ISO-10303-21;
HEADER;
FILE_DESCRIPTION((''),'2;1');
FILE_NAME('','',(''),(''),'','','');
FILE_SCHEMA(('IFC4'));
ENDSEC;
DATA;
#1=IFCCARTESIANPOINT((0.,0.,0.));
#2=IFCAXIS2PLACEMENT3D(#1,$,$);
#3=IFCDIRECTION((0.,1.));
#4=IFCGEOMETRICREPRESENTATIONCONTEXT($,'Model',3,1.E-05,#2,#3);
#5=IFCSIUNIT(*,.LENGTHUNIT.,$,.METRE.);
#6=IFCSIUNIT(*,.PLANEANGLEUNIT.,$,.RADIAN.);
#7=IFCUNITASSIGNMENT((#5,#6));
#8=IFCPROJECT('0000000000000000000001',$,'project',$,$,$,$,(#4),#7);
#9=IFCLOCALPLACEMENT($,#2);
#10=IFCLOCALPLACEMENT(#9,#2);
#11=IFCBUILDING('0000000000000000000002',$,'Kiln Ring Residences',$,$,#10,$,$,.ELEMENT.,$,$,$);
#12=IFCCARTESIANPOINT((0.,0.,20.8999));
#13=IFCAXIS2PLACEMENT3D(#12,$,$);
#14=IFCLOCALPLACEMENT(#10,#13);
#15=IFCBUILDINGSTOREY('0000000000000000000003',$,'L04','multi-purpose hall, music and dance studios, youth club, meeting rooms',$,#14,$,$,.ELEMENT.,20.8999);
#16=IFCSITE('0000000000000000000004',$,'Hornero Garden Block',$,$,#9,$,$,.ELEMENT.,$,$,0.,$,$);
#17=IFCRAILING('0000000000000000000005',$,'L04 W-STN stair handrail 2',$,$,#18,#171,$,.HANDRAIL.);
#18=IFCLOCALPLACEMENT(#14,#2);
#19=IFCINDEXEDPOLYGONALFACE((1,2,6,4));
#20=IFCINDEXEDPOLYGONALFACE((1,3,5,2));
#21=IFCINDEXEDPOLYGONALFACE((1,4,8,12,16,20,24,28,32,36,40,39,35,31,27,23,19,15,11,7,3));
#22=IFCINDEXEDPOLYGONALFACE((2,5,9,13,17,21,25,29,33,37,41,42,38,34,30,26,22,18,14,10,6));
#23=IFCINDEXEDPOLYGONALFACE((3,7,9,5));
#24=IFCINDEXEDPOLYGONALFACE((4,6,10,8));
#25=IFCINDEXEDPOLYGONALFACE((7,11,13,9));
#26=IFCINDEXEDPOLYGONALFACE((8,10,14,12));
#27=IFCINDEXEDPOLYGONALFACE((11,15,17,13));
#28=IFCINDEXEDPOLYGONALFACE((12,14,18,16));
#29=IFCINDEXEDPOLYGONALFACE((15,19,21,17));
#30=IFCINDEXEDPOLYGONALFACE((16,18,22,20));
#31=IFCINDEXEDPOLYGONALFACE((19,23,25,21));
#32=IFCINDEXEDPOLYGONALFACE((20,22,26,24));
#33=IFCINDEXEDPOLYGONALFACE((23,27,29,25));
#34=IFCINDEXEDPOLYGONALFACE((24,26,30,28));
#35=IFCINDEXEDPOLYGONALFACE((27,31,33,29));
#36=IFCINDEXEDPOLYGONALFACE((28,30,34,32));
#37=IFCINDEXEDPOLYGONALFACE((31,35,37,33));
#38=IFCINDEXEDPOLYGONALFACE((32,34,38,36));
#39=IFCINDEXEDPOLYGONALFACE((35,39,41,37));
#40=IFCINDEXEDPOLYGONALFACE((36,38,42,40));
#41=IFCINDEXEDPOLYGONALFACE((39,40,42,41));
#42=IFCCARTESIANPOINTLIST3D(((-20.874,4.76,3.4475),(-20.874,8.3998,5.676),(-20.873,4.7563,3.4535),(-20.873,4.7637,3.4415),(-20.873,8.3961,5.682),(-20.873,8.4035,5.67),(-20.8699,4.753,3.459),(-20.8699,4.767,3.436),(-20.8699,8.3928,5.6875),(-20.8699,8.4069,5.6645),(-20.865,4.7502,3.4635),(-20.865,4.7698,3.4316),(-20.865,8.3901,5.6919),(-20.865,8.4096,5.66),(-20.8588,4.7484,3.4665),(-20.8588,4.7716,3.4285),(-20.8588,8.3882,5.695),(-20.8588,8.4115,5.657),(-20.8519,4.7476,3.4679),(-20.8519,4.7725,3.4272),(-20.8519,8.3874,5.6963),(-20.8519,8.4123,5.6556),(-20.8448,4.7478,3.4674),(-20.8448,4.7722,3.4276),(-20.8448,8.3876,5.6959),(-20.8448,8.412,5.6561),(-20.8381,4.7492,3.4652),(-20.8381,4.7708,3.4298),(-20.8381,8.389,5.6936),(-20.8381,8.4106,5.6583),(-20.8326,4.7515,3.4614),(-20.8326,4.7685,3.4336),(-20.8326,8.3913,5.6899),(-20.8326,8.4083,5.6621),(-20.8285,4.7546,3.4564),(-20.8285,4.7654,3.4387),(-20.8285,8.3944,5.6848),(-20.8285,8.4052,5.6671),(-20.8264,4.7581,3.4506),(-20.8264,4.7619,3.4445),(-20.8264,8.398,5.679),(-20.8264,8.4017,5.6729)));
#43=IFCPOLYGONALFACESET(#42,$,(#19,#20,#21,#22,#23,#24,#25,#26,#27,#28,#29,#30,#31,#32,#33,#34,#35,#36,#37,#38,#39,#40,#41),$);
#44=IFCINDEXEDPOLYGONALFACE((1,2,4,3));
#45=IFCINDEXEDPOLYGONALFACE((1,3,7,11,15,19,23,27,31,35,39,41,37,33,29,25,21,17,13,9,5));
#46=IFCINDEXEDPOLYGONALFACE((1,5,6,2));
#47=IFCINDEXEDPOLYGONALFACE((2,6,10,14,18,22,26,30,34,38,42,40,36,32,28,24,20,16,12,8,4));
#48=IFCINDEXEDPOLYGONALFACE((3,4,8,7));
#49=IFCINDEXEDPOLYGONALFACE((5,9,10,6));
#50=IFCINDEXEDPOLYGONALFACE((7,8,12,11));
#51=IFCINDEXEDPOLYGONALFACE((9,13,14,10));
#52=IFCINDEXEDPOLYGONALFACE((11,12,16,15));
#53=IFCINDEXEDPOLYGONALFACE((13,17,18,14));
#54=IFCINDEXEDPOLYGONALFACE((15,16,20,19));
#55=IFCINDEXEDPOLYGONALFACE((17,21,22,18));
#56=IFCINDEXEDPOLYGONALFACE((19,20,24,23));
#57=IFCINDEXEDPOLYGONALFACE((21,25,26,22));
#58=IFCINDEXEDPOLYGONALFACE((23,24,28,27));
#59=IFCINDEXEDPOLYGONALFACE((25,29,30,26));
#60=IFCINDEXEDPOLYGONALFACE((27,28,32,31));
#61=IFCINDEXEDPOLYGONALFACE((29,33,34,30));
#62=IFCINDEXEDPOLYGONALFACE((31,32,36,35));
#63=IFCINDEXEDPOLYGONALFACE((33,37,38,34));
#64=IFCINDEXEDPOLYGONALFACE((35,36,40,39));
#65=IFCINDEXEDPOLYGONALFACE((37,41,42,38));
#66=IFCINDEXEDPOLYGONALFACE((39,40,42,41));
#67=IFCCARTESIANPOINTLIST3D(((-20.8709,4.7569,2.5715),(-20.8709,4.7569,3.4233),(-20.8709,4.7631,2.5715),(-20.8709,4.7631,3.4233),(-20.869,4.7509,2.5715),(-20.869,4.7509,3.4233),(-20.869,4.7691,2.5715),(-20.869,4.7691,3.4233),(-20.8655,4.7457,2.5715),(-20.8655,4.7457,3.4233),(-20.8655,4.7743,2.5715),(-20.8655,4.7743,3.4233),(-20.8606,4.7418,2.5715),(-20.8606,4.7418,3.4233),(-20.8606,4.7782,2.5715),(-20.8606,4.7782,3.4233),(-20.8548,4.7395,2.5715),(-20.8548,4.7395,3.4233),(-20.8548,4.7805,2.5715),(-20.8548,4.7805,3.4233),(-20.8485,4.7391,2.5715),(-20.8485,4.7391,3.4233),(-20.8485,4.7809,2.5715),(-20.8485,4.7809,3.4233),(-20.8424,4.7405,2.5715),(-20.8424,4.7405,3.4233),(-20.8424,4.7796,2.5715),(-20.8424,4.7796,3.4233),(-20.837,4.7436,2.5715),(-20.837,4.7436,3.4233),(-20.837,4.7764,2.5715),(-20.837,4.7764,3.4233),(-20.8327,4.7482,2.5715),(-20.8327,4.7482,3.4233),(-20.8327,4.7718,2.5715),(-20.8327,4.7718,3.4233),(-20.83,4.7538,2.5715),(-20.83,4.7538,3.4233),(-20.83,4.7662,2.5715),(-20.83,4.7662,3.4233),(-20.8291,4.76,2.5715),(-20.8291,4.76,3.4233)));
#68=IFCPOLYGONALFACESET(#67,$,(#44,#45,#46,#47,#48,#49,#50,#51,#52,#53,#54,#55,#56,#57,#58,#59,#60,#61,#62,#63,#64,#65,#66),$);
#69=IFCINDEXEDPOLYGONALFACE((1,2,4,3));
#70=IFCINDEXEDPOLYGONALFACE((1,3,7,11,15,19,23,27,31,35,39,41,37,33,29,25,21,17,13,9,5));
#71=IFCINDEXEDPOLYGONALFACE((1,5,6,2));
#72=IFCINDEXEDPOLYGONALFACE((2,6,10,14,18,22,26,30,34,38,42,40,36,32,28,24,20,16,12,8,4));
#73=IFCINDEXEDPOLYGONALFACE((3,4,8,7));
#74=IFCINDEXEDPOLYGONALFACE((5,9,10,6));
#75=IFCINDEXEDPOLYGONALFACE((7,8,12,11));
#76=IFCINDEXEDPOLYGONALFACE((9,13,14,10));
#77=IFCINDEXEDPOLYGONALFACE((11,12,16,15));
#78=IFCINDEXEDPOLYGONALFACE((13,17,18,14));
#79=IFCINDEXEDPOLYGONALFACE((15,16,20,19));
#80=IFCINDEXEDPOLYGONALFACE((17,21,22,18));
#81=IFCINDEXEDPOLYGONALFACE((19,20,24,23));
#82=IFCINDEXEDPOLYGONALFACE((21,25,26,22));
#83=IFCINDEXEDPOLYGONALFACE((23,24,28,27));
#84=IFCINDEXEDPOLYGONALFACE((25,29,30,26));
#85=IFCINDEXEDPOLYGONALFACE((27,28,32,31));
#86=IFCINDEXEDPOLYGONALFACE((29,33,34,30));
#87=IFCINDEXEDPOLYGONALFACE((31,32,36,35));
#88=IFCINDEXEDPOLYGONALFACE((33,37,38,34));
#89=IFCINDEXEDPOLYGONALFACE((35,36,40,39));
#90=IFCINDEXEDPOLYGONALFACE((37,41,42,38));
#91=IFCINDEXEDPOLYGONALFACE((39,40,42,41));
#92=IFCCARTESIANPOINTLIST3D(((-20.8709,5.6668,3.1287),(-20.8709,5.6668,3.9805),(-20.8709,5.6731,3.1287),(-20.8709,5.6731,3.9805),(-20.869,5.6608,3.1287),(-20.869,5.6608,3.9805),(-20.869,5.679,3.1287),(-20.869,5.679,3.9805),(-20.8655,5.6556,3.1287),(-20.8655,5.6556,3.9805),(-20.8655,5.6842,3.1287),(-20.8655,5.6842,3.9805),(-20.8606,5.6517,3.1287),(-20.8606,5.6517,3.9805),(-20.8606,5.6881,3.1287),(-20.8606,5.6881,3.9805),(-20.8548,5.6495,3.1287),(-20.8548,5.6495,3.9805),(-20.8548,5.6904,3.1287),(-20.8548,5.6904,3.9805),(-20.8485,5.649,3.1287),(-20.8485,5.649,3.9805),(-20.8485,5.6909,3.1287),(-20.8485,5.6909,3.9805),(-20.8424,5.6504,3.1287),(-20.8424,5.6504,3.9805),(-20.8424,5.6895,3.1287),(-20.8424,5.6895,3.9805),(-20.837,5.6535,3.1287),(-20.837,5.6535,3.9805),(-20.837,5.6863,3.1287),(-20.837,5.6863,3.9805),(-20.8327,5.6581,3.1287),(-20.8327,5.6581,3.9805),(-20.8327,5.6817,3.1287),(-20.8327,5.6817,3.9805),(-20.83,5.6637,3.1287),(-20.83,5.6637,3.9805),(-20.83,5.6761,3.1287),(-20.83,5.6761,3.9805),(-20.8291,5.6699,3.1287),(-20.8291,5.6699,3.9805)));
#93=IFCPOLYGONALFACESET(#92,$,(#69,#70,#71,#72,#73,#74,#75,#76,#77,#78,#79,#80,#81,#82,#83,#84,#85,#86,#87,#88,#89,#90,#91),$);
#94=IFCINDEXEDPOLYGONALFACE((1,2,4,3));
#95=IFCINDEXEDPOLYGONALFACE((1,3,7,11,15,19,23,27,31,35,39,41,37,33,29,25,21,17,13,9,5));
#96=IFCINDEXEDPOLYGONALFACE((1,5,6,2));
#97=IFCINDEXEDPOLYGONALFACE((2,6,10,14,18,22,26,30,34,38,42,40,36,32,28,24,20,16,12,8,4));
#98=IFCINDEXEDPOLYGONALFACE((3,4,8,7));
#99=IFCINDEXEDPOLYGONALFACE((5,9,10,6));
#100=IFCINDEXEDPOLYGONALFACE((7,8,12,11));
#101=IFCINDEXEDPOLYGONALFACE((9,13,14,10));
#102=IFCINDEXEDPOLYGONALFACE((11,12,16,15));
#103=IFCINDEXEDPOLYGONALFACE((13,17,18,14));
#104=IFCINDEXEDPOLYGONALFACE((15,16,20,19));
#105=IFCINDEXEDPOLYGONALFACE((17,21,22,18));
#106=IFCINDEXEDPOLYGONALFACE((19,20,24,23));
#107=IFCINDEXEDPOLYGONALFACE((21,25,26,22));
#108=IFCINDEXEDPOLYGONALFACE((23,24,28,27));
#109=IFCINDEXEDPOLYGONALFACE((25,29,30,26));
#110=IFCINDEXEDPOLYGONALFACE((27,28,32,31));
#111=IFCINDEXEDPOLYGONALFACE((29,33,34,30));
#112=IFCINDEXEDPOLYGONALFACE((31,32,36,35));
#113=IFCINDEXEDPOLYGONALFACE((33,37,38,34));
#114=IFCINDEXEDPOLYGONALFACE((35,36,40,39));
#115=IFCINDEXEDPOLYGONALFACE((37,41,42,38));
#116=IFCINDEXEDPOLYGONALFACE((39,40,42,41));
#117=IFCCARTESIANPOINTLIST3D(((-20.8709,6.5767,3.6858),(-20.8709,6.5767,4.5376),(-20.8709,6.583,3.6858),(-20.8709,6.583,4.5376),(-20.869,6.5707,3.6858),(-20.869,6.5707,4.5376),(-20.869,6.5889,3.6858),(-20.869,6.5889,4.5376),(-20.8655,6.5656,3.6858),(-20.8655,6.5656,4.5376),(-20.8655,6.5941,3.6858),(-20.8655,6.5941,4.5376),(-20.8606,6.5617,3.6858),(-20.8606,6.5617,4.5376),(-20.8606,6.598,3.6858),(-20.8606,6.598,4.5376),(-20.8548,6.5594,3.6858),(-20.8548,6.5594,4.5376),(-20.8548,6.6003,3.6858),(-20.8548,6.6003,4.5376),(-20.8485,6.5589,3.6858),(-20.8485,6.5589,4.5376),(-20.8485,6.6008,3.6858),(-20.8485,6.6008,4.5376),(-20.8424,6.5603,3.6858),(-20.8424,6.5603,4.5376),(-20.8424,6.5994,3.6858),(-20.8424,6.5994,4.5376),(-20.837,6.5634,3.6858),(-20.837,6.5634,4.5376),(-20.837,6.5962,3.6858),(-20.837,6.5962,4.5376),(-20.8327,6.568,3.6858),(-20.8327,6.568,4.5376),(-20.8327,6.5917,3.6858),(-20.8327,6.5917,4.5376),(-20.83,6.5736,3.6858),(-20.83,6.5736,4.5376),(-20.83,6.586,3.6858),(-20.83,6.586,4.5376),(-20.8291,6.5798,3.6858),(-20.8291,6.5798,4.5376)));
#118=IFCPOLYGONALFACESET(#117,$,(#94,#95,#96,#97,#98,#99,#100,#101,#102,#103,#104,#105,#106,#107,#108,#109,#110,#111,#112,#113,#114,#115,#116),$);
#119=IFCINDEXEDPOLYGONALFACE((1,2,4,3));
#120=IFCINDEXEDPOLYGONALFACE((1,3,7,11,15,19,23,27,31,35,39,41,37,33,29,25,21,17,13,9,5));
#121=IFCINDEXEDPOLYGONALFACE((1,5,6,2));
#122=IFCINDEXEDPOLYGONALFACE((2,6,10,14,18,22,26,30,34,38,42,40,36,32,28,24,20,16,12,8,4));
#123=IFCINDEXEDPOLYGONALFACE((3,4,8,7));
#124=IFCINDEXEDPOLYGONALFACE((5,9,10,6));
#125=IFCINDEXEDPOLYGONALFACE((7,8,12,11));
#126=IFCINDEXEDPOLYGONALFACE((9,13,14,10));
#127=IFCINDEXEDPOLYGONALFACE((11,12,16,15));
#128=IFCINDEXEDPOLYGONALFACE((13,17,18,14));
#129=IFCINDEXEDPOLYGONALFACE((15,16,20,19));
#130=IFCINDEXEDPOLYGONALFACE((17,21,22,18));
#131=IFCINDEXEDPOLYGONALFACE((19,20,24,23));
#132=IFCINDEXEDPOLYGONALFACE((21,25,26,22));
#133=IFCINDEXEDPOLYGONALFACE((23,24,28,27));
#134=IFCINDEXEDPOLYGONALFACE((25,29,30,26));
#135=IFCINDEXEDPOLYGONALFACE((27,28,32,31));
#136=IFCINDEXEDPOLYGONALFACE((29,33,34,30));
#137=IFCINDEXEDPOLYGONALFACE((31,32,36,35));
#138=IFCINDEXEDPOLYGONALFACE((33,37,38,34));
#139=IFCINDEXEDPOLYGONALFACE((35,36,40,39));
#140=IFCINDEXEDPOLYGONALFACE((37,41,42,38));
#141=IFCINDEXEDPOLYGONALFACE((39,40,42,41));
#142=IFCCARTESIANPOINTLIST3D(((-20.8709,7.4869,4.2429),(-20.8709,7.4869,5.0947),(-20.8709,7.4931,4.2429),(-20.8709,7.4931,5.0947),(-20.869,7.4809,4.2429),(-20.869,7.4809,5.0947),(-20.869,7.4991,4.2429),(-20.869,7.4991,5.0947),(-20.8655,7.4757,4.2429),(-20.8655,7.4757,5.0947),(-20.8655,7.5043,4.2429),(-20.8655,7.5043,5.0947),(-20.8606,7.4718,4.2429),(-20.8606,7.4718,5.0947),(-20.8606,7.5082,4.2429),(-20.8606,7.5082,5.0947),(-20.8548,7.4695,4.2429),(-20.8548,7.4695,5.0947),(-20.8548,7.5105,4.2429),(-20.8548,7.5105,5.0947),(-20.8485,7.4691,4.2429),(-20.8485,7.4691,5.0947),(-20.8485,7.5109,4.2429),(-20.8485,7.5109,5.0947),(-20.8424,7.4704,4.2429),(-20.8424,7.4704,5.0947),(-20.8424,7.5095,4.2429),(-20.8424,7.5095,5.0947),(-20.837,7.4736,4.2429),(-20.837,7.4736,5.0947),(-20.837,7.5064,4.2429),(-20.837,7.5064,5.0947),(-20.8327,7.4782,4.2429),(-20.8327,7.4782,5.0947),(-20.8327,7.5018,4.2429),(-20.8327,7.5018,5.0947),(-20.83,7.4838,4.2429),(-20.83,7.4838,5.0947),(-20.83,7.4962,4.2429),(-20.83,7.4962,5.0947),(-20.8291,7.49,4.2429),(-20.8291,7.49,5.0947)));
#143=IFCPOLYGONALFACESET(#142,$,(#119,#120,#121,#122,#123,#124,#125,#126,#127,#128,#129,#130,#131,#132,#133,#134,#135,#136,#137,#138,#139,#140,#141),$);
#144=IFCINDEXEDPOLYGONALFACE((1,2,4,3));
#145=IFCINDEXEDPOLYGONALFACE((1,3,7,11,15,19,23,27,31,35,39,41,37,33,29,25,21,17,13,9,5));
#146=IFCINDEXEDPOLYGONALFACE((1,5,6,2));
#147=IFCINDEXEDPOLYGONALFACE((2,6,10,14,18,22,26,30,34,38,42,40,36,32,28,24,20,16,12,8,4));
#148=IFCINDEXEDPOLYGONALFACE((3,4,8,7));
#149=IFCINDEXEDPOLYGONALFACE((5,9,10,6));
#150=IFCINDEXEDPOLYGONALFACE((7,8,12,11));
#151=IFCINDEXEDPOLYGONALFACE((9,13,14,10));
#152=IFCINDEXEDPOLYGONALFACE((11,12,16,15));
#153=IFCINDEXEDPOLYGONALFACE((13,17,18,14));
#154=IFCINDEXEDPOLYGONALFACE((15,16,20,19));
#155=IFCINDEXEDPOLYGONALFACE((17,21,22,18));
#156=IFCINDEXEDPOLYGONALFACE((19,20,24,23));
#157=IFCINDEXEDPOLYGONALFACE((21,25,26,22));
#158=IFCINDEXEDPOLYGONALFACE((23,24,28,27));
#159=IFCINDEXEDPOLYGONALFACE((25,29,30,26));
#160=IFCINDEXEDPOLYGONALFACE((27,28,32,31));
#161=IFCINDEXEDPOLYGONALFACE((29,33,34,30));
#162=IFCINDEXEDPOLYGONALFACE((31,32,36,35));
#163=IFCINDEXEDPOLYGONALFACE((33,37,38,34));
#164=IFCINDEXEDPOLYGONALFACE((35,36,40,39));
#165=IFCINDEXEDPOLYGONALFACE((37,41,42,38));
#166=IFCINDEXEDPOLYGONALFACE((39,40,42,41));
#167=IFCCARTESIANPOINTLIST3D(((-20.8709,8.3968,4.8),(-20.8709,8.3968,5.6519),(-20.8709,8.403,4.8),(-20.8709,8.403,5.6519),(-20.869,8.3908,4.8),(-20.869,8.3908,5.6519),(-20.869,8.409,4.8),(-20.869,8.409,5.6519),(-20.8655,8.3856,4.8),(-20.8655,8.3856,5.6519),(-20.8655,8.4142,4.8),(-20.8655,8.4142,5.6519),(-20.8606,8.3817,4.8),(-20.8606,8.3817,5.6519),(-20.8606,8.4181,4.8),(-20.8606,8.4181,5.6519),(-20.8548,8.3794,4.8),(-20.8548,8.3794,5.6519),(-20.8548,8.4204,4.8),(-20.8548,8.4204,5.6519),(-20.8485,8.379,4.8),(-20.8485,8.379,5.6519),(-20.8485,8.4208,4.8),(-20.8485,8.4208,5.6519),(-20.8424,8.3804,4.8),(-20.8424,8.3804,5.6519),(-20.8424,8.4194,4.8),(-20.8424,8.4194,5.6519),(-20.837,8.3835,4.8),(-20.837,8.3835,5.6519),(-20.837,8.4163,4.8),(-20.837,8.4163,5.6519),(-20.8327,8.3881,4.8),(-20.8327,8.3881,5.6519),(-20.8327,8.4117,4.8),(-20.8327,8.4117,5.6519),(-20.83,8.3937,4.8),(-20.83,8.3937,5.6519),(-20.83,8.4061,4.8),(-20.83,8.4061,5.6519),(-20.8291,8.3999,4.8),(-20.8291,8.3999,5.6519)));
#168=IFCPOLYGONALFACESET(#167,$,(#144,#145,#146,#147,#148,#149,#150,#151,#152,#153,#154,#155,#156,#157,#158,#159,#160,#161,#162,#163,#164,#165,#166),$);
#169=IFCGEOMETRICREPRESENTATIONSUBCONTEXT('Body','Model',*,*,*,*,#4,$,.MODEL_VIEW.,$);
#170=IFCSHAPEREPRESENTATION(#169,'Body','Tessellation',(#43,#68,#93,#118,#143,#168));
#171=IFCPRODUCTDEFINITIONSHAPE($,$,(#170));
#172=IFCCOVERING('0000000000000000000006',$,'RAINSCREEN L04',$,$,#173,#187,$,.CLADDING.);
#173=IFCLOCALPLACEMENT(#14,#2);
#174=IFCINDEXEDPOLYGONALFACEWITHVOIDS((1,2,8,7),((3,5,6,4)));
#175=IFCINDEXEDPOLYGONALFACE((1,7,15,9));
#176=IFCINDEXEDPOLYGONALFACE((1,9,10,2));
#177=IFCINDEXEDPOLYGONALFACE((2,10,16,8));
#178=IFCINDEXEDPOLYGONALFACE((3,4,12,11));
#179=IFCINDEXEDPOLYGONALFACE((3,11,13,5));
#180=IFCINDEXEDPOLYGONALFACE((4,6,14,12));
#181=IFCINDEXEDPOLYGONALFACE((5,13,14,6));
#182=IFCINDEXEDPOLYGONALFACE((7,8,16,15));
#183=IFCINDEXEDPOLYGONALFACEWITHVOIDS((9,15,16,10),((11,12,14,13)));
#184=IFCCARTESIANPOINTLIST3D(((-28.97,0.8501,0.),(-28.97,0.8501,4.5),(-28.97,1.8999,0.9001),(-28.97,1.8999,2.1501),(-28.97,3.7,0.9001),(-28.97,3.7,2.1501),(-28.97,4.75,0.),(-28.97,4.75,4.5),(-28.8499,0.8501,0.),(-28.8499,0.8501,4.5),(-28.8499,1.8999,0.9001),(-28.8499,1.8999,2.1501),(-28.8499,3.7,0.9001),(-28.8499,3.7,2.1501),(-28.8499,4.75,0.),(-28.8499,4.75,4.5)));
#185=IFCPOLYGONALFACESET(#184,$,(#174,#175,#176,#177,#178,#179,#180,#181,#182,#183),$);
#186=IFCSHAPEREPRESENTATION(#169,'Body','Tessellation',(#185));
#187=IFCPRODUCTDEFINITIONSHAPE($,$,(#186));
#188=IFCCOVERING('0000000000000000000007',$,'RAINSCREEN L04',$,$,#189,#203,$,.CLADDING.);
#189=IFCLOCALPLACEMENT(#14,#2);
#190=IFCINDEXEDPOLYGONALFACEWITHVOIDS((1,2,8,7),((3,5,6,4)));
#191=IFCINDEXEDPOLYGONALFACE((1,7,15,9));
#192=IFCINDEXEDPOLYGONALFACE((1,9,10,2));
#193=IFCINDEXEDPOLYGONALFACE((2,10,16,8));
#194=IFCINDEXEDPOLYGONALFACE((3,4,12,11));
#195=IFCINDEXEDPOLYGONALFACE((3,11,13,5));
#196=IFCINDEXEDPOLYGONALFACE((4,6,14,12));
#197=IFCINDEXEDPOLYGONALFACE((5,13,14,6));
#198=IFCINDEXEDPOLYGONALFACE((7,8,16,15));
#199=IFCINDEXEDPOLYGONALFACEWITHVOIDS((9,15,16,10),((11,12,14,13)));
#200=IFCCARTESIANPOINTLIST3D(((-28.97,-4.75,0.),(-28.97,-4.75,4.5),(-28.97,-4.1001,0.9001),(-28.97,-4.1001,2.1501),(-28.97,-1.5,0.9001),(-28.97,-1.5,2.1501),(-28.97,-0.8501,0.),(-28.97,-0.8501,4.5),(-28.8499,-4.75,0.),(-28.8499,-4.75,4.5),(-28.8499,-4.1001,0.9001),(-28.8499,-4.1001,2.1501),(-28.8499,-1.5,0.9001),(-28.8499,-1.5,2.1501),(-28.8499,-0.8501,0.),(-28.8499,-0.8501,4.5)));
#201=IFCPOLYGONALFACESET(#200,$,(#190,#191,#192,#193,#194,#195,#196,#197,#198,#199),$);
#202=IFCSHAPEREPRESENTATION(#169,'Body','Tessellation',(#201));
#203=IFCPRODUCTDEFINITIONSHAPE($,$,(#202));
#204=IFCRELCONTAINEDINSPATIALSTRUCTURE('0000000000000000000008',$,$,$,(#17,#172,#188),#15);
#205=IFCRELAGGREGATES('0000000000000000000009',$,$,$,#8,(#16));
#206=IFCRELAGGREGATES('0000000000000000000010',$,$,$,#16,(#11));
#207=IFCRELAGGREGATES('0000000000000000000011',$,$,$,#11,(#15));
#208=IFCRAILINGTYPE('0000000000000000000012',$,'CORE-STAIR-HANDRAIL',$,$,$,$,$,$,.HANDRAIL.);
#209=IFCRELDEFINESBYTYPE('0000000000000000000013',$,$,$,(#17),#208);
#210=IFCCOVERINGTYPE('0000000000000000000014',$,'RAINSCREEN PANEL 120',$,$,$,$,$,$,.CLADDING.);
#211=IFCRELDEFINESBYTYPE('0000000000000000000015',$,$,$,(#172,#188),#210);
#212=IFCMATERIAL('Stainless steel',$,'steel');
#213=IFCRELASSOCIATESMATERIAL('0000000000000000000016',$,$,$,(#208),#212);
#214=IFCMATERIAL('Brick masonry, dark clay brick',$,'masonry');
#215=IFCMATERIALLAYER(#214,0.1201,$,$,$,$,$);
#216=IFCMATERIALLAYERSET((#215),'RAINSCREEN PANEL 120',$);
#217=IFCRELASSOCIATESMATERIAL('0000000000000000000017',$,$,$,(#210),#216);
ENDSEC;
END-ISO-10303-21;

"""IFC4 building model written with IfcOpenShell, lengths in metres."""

from ifc_helpers import new_model, si_unit, direction, frame, origin, origin_2d, place, context, subcontext, project, spatial, polyline, circle, outline, extrude, material, layer, layer_set, type_object, element, save


model = new_model("IFC4")

# Units and contexts
model_context = context("Model", 3, precision=1e-05, world=origin(), true_north=direction((0.0, 1.0)))
body_context = subcontext(model_context, "Body", "Model", "MODEL_VIEW")
ifc_project = project(units=[si_unit("LENGTHUNIT", "METRE"), si_unit("PLANEANGLEUNIT", "RADIAN")], contexts=[model_context])

# Site, building, storey
site_placement = place(None, origin())
site = spatial("IfcSite", under=ifc_project, at=site_placement, Name="Hornero Garden Block", CompositionType="ELEMENT", RefElevation=0.0)
building_placement = place(site_placement, origin())
building = spatial("IfcBuilding", under=site, at=building_placement, Name="Kiln Ring Residences", CompositionType="ELEMENT")
storey_placement = place(building_placement, frame((0.0, 0.0, 20.8999)))
storey = spatial("IfcBuildingStorey", under=building, at=storey_placement, Name="L04", Description="multi-purpose hall, music and dance studios, youth club, meeting rooms", CompositionType="ELEMENT", Elevation=20.8999)

# Railing
ifc_material_1 = material(Name="Stainless steel", Category="steel")
railing_type_1 = type_object("IfcRailingType", Name="CORE-STAIR-HANDRAIL", PredefinedType="HANDRAIL", material=ifc_material_1)
railing_1_placement = place(storey_placement, frame((-20.8501, 4.76, 2.5715)))
element("IfcRailing", 1, at=railing_1_placement, inside=storey, type_object=railing_type_1, Name="L04 W-STN stair handrail 2", PredefinedType="HANDRAIL", context=body_context, shape_type="SweptSolid", body=[
    extrude(circle(Radius=0.0239, at=origin_2d()), frame((0.0, 0.0, 0.876), z_axis=(0.0, 0.85285, 0.522156), x_axis=(-1.0, 0.0, 0.0)), (0.0, 0.0, 1.0), 4.2678),
    extrude(circle(Radius=0.021, at=origin_2d()), origin(), (0.0, 0.0, 1.0), 0.8518),
    extrude(circle(Radius=0.021, at=origin_2d()), frame((0.0, 0.9099, 0.5571)), (0.0, 0.0, 1.0), 0.8518),
    extrude(circle(Radius=0.021, at=origin_2d()), frame((0.0, 1.8198, 1.1143)), (0.0, 0.0, 1.0), 0.8518),
    extrude(circle(Radius=0.021, at=origin_2d()), frame((0.0, 2.73, 1.6714)), (0.0, 0.0, 1.0), 0.8518),
    extrude(circle(Radius=0.021, at=origin_2d()), frame((0.0, 3.6399, 2.2285)), (0.0, 0.0, 1.0), 0.8518),
])

# Coverings
ifc_material_2 = material(Name="Brick masonry, dark clay brick", Category="masonry")
ifc_layer_1 = layer(ifc_material_2, 0.1201)
ifc_layer_set_1 = layer_set([ifc_layer_1], Name="RAINSCREEN PANEL 120")
covering_type = type_object("IfcCoveringType", Name="RAINSCREEN PANEL 120", PredefinedType="CLADDING", material=ifc_layer_set_1)
covering_1_placement = place(storey_placement, frame((-28.9099, 4.75, 0.0), z_axis=(0.0, 0.0, 1.0), x_axis=(0.0, -1.0, 0.0)))
element("IfcCovering", 2, at=covering_1_placement, inside=storey, type_object=covering_type, Name="RAINSCREEN L04", PredefinedType="CLADDING", context=body_context, shape_type="SweptSolid", body=[
    extrude(outline(polyline([(0.0, 0.0), (3.8999, 0.0), (3.8999, 4.5), (0.0, 4.5), (0.0, 0.0)]), holes=[polyline([(1.05, 2.1501), (1.05, 0.9001), (2.8501, 0.9001), (2.8501, 2.1501), (1.05, 2.1501)])]), frame((0.0, 0.0601, 0.0), z_axis=(0.0, -1.0, 0.0), x_axis=(1.0, 0.0, 0.0)), (0.0, 0.0, 1.0), 0.1201),
])
covering_2_placement = place(storey_placement, frame((-28.9099, -0.8501, 0.0), z_axis=(0.0, 0.0, 1.0), x_axis=(0.0, -1.0, 0.0)))
element("IfcCovering", 3, at=covering_2_placement, inside=storey, type_object=covering_type, Name="RAINSCREEN L04", PredefinedType="CLADDING", context=body_context, shape_type="SweptSolid", body=[
    extrude(outline(polyline([(0.0, 0.0), (3.8999, 0.0), (3.8999, 4.5), (0.0, 4.5), (0.0, 0.0)]), holes=[polyline([(0.6499, 2.1501), (0.6499, 0.9001), (3.25, 0.9001), (3.25, 2.1501), (0.6499, 2.1501)])]), frame((0.0, 0.0601, 0.0), z_axis=(0.0, -1.0, 0.0), x_axis=(1.0, 0.0, 0.0)), (0.0, 0.0, 1.0), 0.1201),
])

save(model, "model.ifc")
